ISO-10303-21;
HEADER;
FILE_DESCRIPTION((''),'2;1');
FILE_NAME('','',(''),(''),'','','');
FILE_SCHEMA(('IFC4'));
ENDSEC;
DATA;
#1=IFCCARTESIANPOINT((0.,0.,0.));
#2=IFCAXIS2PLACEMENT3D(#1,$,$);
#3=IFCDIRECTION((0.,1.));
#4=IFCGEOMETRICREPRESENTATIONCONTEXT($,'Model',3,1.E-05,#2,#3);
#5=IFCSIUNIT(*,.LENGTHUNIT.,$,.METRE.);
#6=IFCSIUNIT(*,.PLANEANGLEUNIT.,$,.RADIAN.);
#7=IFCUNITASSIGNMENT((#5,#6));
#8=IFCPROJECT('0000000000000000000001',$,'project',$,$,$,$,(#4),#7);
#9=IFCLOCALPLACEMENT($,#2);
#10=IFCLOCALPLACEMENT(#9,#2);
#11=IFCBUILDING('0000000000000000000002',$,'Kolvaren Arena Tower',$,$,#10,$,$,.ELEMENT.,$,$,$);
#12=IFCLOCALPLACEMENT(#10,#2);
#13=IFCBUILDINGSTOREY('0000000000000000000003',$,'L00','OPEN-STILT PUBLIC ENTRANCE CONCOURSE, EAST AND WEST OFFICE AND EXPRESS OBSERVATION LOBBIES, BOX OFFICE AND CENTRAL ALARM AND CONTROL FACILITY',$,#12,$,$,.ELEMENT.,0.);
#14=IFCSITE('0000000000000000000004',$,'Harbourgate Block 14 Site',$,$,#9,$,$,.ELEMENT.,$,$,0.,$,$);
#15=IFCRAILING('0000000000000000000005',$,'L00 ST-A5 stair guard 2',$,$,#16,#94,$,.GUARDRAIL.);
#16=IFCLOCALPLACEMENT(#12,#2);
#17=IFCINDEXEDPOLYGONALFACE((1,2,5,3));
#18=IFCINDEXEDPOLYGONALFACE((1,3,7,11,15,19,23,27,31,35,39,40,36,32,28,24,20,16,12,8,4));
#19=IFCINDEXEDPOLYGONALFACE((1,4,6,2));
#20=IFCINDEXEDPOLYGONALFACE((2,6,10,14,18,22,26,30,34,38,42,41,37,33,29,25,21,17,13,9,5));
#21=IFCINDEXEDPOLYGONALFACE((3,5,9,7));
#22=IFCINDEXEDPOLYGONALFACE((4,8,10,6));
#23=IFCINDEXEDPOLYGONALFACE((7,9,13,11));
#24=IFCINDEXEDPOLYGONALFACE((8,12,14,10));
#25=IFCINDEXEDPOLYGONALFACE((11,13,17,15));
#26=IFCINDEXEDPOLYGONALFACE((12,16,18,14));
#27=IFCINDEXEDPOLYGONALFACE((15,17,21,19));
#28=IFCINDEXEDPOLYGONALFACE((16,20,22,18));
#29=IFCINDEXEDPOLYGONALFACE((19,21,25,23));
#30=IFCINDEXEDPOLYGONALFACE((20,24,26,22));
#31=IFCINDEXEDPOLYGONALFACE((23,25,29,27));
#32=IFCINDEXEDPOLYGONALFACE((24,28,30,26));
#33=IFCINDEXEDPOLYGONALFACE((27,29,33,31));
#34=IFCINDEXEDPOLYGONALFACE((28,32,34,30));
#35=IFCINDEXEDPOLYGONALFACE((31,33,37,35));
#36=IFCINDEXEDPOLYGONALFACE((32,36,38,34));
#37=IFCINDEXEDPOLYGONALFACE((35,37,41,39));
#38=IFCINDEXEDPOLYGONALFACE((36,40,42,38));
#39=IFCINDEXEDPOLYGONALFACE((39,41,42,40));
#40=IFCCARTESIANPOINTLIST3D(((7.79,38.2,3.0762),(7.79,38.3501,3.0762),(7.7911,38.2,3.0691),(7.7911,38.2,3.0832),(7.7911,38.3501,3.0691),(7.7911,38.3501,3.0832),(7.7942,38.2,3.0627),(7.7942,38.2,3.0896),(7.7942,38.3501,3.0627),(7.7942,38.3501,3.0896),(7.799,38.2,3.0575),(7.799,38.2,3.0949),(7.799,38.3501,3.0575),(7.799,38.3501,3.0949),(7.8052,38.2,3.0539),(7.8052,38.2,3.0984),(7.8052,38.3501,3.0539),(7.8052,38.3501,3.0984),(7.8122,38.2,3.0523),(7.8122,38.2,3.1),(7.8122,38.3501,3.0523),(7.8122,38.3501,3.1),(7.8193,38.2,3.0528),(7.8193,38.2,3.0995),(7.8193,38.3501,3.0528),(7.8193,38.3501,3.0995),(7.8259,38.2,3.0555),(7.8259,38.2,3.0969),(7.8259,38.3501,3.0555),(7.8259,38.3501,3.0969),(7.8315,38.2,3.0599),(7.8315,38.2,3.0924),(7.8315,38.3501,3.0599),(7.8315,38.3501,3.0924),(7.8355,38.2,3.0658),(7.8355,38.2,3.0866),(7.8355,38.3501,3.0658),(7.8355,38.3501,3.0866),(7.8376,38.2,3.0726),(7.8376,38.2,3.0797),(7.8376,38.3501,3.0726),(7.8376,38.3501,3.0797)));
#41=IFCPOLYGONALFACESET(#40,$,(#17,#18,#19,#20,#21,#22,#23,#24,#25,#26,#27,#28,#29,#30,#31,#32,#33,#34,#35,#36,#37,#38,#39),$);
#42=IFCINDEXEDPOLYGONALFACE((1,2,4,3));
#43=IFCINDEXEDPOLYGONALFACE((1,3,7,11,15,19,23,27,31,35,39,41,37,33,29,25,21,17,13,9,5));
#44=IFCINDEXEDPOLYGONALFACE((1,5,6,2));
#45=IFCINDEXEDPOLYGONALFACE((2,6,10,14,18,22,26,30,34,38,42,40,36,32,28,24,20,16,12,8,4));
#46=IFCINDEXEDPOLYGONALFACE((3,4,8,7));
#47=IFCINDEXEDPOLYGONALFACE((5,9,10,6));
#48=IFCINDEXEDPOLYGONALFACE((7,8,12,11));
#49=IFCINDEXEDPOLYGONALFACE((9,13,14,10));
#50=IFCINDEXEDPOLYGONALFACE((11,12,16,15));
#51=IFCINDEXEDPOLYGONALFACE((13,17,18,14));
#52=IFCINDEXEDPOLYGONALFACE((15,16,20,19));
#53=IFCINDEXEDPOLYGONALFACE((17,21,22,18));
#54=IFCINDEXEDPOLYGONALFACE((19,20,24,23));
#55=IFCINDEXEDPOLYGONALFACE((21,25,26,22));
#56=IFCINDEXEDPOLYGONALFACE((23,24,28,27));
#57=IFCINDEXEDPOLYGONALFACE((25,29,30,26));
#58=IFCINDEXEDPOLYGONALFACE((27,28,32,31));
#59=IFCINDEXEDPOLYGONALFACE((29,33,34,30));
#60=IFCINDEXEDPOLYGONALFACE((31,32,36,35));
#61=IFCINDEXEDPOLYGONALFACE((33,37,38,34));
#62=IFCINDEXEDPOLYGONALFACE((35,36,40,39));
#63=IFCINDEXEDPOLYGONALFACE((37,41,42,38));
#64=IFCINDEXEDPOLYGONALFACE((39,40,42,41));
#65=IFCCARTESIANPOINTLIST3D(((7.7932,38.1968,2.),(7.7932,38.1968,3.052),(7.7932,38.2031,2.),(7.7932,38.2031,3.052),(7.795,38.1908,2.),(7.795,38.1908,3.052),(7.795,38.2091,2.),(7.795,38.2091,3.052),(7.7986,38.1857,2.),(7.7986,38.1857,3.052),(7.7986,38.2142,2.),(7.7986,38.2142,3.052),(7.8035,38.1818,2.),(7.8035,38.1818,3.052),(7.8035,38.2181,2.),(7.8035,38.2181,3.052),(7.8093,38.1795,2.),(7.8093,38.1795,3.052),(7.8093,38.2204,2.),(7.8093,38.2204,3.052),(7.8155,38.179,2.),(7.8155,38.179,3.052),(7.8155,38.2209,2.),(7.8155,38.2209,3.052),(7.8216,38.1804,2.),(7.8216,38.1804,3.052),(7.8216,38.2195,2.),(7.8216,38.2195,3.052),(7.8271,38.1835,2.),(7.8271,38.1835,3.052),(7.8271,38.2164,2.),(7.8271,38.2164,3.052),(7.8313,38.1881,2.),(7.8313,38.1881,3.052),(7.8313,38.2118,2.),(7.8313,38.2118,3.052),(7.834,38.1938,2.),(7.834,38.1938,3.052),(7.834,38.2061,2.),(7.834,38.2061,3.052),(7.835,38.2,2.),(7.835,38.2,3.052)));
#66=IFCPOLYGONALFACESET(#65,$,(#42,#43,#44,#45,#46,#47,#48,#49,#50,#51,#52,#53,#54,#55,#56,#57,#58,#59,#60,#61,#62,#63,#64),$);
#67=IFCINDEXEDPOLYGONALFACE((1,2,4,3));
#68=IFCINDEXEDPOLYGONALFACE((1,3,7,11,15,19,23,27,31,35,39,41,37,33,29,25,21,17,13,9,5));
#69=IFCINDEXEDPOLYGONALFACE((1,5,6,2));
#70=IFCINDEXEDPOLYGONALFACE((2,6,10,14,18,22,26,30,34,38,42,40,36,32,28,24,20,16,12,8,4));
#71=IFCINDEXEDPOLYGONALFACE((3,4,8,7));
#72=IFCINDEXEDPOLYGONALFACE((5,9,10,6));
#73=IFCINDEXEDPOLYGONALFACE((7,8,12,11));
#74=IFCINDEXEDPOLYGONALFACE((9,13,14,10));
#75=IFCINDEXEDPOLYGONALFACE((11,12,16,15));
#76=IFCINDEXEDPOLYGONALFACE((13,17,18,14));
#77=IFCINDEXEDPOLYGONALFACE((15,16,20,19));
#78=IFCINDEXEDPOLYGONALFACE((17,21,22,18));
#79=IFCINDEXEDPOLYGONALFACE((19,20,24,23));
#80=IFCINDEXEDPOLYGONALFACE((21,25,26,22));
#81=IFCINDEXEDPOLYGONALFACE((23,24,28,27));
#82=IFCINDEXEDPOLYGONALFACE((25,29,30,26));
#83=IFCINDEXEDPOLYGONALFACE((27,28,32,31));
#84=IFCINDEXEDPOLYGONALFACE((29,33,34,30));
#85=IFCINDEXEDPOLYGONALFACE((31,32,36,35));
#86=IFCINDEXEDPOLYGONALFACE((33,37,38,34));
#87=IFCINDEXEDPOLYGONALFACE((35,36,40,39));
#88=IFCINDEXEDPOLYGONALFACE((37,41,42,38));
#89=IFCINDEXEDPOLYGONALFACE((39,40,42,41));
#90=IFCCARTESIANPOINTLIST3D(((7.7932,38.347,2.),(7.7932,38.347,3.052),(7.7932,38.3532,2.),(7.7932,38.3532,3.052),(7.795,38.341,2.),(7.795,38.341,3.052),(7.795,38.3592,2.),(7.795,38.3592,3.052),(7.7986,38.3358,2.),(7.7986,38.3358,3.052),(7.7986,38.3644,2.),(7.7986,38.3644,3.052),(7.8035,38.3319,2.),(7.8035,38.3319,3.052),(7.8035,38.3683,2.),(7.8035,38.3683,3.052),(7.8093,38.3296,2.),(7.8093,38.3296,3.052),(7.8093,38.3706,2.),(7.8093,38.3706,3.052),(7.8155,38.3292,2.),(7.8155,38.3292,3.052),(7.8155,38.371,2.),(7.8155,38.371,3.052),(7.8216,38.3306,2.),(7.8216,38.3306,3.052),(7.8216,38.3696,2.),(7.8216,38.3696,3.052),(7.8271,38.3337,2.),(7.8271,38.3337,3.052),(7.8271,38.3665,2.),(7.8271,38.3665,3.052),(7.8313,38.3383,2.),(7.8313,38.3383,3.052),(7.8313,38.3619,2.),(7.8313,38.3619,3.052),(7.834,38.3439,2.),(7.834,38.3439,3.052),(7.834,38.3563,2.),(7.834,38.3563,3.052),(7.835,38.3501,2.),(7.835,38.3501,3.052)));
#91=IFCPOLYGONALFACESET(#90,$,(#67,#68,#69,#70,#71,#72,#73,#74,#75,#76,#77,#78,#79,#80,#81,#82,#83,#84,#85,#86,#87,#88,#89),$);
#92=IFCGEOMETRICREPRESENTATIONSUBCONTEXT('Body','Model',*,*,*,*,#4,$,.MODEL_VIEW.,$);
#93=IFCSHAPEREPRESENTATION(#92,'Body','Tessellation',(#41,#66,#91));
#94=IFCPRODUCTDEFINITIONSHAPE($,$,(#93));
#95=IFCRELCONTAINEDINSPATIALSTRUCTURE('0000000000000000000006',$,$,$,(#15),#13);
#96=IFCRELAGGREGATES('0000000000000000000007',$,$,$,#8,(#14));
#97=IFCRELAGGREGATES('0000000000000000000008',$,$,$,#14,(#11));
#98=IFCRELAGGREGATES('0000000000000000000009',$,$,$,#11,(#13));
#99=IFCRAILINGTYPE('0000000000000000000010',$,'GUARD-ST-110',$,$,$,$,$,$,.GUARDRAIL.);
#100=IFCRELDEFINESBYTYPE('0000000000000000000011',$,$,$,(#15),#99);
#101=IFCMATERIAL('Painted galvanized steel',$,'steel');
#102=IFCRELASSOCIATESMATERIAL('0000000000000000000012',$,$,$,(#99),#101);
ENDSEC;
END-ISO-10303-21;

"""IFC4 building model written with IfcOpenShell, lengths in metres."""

from ifc_helpers import new_model, si_unit, direction, frame, origin, origin_2d, place, context, subcontext, project, spatial, circle, extrude, material, type_object, element, save


model = new_model("IFC4")

# Units and contexts
model_context = context("Model", 3, precision=1e-05, world=origin(), true_north=direction((0.0, 1.0)))
body_context = subcontext(model_context, "Body", "Model", "MODEL_VIEW")
ifc_project = project(units=[si_unit("LENGTHUNIT", "METRE"), si_unit("PLANEANGLEUNIT", "RADIAN")], contexts=[model_context])

# Site, building, storey
site_placement = place(None, origin())
site = spatial("IfcSite", under=ifc_project, at=site_placement, Name="Harbourgate Block 14 Site", CompositionType="ELEMENT", RefElevation=0.0)
building_placement = place(site_placement, origin())
building = spatial("IfcBuilding", under=site, at=building_placement, Name="Kolvaren Arena Tower", CompositionType="ELEMENT")
storey_placement = place(building_placement, origin())
storey = spatial("IfcBuildingStorey", under=building, at=storey_placement, Name="L00", Description="OPEN-STILT PUBLIC ENTRANCE CONCOURSE, EAST AND WEST OFFICE AND EXPRESS OBSERVATION LOBBIES, BOX OFFICE AND CENTRAL ALARM AND CONTROL FACILITY", CompositionType="ELEMENT", Elevation=0.0)

# Railing
ifc_material_1 = material(Name="Painted galvanized steel", Category="steel")
railing_type_1 = type_object("IfcRailingType", Name="GUARD-ST-110", PredefinedType="GUARDRAIL", material=ifc_material_1)
railing_1_placement = place(storey_placement, frame((7.814, 38.2, 2.0)))
element("IfcRailing", 1, at=railing_1_placement, inside=storey, type_object=railing_type_1, Name="L00 ST-A5 stair guard 2", PredefinedType="GUARDRAIL", context=body_context, shape_type="SweptSolid", body=[
    extrude(circle(Radius=0.0239, at=origin_2d()), frame((0.0, 0.0, 1.0762), z_axis=(0.0, 1.0, 0.0), x_axis=(-1.0, 0.0, 0.0)), (0.0, 0.0, 1.0), 0.1501),
    extrude(circle(Radius=0.021, at=origin_2d()), origin(), (0.0, 0.0, 1.0), 1.052),
    extrude(circle(Radius=0.021, at=origin_2d()), frame((0.0, 0.1501, 0.0)), (0.0, 0.0, 1.0), 1.052),
])

save(model, "model.ifc")
